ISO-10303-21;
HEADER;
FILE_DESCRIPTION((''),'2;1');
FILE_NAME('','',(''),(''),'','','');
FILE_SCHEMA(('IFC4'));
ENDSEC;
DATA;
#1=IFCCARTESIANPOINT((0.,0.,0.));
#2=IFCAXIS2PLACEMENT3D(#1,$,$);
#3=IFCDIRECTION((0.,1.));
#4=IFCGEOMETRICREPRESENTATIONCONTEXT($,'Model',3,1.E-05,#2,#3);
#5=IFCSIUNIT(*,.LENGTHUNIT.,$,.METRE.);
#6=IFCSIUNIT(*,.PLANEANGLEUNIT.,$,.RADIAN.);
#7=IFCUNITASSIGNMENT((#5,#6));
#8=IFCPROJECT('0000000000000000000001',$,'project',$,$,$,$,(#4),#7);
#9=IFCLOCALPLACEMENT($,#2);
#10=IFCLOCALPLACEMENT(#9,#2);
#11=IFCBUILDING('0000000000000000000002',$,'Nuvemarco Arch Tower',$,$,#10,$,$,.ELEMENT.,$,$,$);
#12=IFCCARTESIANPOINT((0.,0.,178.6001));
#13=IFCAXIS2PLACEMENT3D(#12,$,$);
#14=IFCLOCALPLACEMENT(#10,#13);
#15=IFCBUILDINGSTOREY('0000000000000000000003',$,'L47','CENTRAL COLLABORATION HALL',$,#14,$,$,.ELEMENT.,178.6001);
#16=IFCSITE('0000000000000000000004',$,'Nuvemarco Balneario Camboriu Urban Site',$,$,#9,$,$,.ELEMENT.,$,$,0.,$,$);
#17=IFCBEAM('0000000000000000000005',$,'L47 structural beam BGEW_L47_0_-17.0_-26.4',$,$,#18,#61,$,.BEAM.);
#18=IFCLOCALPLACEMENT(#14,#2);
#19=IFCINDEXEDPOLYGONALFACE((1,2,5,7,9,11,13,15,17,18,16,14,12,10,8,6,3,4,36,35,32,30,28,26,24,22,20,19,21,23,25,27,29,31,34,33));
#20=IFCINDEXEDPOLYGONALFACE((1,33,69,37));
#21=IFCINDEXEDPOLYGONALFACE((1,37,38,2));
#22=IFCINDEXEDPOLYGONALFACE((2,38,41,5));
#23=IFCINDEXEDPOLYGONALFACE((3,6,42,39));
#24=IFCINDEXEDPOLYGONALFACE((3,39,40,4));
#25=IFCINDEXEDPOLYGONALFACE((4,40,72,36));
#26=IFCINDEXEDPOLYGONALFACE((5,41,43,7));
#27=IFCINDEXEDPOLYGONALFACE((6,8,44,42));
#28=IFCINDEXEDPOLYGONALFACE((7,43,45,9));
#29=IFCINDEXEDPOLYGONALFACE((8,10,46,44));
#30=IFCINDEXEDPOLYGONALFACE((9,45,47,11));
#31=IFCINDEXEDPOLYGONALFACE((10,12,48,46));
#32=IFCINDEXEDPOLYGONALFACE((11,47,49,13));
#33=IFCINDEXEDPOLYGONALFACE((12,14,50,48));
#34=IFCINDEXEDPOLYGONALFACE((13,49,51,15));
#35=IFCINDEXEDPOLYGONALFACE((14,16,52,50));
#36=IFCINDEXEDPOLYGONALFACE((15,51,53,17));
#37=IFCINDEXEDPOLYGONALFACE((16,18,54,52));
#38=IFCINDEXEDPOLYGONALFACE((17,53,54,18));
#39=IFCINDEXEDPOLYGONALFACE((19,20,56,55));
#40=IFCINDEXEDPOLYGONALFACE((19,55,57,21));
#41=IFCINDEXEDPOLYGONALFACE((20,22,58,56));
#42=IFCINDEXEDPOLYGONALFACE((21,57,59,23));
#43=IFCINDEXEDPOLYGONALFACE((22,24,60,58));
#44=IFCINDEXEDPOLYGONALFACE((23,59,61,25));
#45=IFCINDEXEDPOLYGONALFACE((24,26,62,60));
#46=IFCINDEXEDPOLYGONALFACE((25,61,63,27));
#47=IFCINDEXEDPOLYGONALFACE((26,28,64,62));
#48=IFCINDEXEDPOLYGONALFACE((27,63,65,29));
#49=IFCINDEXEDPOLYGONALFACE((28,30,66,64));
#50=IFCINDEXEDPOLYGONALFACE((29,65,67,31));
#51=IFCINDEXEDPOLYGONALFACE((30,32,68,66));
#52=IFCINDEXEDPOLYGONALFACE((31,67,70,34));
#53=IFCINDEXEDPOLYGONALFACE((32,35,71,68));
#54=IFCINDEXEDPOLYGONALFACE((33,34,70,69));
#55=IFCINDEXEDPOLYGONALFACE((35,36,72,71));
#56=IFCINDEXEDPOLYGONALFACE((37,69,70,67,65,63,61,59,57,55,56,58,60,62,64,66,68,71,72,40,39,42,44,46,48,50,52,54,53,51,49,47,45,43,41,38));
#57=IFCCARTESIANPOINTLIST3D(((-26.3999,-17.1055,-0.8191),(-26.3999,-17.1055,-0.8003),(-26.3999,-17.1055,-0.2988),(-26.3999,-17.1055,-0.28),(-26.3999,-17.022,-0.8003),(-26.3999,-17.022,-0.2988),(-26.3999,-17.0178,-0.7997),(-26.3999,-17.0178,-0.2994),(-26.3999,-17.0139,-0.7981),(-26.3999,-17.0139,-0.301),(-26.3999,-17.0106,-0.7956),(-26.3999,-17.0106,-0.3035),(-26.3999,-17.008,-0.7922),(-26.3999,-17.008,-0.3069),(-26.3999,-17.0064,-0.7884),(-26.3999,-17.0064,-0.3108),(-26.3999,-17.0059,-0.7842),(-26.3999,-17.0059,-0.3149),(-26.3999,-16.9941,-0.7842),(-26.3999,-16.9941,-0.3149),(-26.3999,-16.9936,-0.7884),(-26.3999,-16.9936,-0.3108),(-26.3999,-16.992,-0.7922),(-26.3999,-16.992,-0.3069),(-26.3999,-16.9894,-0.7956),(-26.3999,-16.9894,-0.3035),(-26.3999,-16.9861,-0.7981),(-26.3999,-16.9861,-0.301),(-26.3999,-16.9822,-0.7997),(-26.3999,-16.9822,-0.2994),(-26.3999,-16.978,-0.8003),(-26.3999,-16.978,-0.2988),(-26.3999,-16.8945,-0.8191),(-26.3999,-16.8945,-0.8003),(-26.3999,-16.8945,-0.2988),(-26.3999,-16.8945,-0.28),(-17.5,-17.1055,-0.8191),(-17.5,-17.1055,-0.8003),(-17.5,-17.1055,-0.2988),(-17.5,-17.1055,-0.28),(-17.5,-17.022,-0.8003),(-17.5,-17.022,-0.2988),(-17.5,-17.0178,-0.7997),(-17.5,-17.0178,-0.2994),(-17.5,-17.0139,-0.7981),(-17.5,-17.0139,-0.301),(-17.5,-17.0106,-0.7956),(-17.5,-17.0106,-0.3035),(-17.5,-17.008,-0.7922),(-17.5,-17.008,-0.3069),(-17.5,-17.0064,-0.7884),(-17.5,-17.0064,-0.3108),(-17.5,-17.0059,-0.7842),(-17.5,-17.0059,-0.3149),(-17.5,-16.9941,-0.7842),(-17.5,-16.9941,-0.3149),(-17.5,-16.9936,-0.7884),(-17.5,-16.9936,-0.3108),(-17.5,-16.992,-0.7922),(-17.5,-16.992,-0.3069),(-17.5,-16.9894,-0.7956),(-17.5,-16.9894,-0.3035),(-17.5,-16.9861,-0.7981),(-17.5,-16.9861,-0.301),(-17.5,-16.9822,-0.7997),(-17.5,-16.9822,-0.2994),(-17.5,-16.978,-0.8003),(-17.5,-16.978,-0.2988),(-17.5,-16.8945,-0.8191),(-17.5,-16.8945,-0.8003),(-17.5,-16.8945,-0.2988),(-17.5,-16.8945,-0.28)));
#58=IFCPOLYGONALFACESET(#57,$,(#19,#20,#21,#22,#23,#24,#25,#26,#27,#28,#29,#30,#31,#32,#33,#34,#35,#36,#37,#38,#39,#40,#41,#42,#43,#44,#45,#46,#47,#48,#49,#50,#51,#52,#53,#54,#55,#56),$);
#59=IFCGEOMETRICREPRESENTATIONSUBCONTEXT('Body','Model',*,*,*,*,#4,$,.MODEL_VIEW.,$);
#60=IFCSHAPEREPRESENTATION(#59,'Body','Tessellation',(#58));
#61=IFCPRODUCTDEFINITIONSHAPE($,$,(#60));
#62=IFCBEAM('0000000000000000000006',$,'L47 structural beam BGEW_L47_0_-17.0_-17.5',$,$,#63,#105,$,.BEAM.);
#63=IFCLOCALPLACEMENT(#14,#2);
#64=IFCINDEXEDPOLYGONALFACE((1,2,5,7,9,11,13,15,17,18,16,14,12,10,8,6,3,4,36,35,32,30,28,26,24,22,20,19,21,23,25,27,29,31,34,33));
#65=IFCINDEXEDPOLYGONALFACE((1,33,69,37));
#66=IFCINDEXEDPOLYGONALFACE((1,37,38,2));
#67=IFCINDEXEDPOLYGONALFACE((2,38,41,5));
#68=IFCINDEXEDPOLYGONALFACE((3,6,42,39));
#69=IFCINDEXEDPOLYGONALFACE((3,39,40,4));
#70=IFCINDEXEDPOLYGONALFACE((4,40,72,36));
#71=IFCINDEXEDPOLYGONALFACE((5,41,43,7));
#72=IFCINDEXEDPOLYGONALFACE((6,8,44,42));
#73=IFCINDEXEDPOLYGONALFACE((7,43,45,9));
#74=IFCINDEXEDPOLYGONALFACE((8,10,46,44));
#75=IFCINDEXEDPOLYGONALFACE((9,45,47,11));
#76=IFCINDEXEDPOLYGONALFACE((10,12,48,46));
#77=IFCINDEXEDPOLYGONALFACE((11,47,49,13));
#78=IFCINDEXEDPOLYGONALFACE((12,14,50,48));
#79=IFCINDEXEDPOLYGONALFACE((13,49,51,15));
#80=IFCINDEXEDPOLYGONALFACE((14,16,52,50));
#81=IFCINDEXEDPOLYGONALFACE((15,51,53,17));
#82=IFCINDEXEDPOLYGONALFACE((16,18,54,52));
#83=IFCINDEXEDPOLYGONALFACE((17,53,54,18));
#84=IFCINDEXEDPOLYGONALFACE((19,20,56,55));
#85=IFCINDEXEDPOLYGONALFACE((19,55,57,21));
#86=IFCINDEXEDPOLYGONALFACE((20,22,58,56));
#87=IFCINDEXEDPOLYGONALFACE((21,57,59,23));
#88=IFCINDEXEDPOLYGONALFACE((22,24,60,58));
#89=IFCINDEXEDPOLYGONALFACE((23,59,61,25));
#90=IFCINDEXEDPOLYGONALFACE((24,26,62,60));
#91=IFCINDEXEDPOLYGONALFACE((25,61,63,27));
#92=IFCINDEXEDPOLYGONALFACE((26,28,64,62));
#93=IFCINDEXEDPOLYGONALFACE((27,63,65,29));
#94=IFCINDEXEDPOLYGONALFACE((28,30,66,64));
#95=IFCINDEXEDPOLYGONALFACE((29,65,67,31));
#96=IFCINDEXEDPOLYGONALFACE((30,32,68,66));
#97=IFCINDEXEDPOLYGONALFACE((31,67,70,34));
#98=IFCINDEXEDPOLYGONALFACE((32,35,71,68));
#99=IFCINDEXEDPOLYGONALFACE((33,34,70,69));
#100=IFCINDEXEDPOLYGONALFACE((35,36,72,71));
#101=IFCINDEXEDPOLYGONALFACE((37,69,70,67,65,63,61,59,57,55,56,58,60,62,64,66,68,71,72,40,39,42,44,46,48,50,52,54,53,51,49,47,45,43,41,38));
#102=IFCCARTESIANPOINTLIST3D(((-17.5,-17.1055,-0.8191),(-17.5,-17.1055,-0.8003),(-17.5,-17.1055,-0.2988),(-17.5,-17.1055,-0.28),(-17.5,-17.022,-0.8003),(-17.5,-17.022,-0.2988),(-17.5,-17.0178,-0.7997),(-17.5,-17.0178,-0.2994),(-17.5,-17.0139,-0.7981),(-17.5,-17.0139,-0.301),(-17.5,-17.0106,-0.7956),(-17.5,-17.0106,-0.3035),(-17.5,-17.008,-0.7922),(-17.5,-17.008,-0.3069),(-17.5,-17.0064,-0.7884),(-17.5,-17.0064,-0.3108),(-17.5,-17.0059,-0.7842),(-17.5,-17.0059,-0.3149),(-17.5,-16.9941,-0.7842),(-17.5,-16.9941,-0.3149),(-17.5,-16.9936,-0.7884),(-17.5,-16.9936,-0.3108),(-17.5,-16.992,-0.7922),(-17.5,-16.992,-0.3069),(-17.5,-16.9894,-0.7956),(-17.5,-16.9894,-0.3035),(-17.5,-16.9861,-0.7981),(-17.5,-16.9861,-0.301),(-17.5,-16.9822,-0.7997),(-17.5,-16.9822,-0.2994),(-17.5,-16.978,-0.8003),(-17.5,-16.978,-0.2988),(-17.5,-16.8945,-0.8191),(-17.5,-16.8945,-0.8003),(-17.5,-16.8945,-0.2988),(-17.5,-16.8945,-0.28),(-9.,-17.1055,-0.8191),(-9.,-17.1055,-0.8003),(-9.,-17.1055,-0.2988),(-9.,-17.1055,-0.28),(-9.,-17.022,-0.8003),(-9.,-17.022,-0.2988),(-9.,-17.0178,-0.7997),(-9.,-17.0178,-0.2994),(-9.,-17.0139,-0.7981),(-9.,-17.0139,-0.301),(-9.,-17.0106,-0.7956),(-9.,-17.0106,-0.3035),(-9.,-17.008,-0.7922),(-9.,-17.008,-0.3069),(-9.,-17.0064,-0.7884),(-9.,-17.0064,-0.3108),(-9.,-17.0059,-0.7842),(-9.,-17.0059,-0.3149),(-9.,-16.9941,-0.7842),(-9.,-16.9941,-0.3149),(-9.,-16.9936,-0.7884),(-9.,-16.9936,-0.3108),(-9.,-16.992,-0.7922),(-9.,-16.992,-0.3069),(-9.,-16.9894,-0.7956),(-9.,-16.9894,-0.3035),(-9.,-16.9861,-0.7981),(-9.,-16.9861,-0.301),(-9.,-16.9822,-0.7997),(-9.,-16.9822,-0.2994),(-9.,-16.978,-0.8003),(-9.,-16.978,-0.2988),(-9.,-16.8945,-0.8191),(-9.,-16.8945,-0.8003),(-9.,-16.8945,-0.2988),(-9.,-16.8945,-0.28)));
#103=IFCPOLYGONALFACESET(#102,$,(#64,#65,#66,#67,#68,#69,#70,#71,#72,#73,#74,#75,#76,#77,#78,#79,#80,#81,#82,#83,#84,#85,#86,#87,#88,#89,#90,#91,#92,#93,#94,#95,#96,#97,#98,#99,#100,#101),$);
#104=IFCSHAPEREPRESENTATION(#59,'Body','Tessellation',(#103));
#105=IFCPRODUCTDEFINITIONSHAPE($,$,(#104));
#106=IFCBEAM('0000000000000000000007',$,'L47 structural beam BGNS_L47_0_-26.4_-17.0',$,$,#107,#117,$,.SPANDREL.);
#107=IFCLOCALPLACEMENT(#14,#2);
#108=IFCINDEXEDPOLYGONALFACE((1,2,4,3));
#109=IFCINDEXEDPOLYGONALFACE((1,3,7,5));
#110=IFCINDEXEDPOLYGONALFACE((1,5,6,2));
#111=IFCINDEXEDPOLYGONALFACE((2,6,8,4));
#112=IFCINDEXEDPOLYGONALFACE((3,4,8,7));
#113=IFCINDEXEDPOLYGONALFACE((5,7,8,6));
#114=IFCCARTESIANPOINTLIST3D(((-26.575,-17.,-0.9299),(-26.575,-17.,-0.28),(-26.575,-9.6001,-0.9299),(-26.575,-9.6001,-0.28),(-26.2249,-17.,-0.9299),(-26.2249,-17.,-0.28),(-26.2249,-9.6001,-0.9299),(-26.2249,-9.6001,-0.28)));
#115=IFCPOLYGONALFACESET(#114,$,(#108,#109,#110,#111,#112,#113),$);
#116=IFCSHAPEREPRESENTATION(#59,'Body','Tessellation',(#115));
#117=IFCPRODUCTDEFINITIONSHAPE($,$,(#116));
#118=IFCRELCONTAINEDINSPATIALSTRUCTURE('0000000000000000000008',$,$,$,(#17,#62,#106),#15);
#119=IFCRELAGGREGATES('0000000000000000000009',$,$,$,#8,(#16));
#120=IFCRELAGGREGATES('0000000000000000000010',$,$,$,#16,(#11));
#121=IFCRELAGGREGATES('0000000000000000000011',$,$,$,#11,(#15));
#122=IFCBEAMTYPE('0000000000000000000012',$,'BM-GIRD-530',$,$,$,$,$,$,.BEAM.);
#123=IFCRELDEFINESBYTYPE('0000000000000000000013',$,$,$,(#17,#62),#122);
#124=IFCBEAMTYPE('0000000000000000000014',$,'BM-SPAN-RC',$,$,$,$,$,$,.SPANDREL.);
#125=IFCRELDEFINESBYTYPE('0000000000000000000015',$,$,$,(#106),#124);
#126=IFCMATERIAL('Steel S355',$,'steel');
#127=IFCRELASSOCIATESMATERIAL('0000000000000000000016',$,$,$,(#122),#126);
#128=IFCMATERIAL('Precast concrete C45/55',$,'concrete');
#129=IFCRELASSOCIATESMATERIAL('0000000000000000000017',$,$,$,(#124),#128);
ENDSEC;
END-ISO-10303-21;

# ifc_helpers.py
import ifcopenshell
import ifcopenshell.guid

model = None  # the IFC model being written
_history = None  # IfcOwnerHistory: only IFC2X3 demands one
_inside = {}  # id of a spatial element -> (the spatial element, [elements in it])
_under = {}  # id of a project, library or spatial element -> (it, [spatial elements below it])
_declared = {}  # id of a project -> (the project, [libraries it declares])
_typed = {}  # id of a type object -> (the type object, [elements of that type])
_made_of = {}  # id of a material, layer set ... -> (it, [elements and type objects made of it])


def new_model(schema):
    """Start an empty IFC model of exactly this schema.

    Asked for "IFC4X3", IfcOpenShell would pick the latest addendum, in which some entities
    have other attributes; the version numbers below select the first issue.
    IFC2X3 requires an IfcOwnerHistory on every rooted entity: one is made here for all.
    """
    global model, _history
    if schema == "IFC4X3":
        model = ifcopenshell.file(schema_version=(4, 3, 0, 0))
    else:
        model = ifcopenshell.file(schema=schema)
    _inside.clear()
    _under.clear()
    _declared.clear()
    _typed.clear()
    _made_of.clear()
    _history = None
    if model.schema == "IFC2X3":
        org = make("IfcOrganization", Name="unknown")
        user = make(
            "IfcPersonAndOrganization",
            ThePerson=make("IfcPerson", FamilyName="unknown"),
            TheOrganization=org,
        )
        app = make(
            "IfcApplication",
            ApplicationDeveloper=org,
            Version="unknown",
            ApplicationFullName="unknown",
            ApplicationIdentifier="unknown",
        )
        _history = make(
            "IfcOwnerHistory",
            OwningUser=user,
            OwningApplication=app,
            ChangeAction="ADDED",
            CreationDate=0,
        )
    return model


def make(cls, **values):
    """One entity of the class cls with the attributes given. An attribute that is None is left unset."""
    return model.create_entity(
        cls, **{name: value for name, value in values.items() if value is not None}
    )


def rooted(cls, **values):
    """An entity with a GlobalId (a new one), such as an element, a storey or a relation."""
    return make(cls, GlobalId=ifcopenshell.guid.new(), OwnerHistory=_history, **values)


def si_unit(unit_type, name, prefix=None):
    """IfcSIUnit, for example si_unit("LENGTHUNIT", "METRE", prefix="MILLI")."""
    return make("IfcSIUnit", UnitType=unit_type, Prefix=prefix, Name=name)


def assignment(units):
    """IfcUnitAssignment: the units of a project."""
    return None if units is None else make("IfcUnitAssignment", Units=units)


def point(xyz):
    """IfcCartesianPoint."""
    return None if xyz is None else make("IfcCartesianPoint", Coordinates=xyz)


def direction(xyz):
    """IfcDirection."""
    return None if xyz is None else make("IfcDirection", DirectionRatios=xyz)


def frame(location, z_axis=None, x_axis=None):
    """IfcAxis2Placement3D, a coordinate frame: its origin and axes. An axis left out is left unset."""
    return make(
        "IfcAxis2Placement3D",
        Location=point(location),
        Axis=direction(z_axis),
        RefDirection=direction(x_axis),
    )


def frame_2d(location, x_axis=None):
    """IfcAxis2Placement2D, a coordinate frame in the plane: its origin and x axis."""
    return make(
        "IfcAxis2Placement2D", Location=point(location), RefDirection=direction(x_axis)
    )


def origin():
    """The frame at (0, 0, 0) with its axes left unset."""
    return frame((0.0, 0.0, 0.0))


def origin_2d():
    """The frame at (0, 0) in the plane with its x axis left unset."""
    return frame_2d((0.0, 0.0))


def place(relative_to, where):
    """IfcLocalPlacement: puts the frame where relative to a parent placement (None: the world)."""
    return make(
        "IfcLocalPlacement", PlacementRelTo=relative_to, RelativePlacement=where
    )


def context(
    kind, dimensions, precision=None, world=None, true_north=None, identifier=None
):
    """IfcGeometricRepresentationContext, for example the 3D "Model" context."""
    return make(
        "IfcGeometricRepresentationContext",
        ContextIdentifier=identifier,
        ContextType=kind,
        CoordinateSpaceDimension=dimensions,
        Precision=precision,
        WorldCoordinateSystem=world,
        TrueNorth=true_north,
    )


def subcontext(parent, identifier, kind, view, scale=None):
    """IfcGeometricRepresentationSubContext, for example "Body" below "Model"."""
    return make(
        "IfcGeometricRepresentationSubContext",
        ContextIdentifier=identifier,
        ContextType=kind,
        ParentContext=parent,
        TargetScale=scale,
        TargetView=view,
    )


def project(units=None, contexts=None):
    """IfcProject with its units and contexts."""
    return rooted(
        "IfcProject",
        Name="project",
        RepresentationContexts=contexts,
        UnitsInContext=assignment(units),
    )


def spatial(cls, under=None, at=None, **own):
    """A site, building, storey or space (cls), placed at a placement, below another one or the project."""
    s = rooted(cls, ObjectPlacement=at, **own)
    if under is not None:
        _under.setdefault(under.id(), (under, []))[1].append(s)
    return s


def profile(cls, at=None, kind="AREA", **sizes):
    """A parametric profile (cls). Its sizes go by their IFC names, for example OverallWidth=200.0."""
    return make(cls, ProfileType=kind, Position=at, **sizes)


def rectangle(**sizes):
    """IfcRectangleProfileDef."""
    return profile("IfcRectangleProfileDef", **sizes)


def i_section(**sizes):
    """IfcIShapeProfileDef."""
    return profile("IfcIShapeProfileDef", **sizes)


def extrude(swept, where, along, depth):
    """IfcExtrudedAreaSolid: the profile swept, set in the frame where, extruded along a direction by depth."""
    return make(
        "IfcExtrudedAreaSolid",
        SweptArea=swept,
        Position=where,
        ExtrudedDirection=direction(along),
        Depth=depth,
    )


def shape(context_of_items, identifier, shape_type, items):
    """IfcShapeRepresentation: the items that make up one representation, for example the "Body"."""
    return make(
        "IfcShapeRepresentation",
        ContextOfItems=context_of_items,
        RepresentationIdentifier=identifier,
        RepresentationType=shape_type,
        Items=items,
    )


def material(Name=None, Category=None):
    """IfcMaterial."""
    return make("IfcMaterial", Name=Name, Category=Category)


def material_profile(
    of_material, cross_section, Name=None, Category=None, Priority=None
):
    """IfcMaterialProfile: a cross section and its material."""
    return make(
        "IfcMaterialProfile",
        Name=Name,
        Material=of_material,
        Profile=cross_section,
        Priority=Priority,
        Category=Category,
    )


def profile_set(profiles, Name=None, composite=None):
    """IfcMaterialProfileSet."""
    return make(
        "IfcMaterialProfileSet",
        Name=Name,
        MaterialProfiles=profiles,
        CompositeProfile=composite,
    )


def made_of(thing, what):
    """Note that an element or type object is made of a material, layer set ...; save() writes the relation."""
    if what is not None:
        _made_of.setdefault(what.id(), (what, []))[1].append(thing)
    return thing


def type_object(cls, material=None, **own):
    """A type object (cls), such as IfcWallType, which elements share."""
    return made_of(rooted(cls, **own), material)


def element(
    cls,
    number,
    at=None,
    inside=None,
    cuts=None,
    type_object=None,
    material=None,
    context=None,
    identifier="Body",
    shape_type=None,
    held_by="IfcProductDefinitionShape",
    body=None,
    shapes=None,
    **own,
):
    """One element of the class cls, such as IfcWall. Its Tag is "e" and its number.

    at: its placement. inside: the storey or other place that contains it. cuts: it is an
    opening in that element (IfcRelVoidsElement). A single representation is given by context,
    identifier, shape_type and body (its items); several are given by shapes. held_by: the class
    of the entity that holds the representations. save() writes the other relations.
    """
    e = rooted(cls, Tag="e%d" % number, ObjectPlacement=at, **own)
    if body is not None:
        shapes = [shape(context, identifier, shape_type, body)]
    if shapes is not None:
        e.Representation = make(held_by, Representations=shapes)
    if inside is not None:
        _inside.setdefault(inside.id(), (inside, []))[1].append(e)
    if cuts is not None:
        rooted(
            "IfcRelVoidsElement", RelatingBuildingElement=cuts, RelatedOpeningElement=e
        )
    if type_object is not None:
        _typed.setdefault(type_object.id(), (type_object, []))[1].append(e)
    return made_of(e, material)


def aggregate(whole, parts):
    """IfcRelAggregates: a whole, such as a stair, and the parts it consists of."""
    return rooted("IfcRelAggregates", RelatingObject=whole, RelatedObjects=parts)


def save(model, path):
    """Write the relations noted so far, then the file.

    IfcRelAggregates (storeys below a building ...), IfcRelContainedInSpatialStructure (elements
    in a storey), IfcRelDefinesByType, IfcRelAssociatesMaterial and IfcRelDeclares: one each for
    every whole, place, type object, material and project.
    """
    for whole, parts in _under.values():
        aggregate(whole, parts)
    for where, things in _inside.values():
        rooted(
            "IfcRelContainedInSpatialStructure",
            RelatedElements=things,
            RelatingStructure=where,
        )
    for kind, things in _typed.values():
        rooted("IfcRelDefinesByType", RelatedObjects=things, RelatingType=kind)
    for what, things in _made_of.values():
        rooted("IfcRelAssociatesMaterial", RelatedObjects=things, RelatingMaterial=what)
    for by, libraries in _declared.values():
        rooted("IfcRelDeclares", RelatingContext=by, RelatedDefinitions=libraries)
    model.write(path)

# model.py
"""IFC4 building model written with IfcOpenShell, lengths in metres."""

from ifc_helpers import new_model, si_unit, direction, frame, origin, origin_2d, place, context, subcontext, project, spatial, rectangle, i_section, extrude, material, material_profile, profile_set, type_object, element, save


model = new_model("IFC4")

# Units and contexts
model_context = context("Model", 3, precision=1e-05, world=origin(), true_north=direction((0.0, 1.0)))
body_context = subcontext(model_context, "Body", "Model", "MODEL_VIEW")
ifc_project = project(units=[si_unit("LENGTHUNIT", "METRE"), si_unit("PLANEANGLEUNIT", "RADIAN")], contexts=[model_context])

# Site, building, storey
site_placement = place(None, origin())
site = spatial("IfcSite", under=ifc_project, at=site_placement, Name="Nuvemarco Balneario Camboriu Urban Site", CompositionType="ELEMENT", RefElevation=0.0)
building_placement = place(site_placement, origin())
building = spatial("IfcBuilding", under=site, at=building_placement, Name="Nuvemarco Arch Tower", CompositionType="ELEMENT")
storey_placement = place(building_placement, frame((0.0, 0.0, 178.6001)))
storey = spatial("IfcBuildingStorey", under=building, at=storey_placement, Name="L47", Description="CENTRAL COLLABORATION HALL", CompositionType="ELEMENT", Elevation=178.6001)

# Shared definitions
ifc_material_1 = material(Name="Steel S355", Category="steel")

# Beams
ifc_material_profile_1 = material_profile(ifc_material_1, i_section(OverallWidth=0.2109, OverallDepth=0.5391, WebThickness=0.0117, FlangeThickness=0.0188, FilletRadius=0.0161, at=origin_2d()), Name="W530x109")
ifc_profile_set_1 = profile_set([ifc_material_profile_1], Name="Steel S355")
beam_type_1 = type_object("IfcBeamType", Name="BM-GIRD-530", PredefinedType="BEAM", material=ifc_profile_set_1)
beam_1_placement = place(storey_placement, frame((-26.3999, -17.0, -0.5496), z_axis=(1.0, 0.0, 0.0), x_axis=(0.0, 1.0, 0.0)))
element("IfcBeam", 1, at=beam_1_placement, inside=storey, type_object=beam_type_1, Name="L47 structural beam BGEW_L47_0_-17.0_-26.4", PredefinedType="BEAM", context=body_context, shape_type="SweptSolid", body=[
    extrude(i_section(OverallWidth=0.2109, OverallDepth=0.5391, WebThickness=0.0117, FlangeThickness=0.0188, FilletRadius=0.0161, at=origin_2d()), origin(), (0.0, 0.0, 1.0), 8.8999),
])
beam_2_placement = place(storey_placement, frame((-17.5, -17.0, -0.5496), z_axis=(1.0, 0.0, 0.0), x_axis=(0.0, 1.0, 0.0)))
element("IfcBeam", 2, at=beam_2_placement, inside=storey, type_object=beam_type_1, Name="L47 structural beam BGEW_L47_0_-17.0_-17.5", PredefinedType="BEAM", context=body_context, shape_type="SweptSolid", body=[
    extrude(i_section(OverallWidth=0.2109, OverallDepth=0.5391, WebThickness=0.0117, FlangeThickness=0.0188, FilletRadius=0.0161, at=origin_2d()), origin(), (0.0, 0.0, 1.0), 8.5),
])
ifc_material_2 = material(Name="Precast concrete C45/55", Category="concrete")
ifc_material_profile_2 = material_profile(ifc_material_2, rectangle(XDim=0.3501, YDim=0.6499, at=origin_2d()), Name="PC-SP-350x650")
ifc_profile_set_2 = profile_set([ifc_material_profile_2], Name="Precast concrete C45/55")
beam_type_2 = type_object("IfcBeamType", Name="BM-SPAN-RC", PredefinedType="SPANDREL", material=ifc_profile_set_2)
beam_3_placement = place(storey_placement, frame((-26.3999, -17.0, -0.605), z_axis=(0.0, 1.0, 0.0), x_axis=(-1.0, 0.0, 0.0)))
element("IfcBeam", 3, at=beam_3_placement, inside=storey, type_object=beam_type_2, Name="L47 structural beam BGNS_L47_0_-26.4_-17.0", PredefinedType="SPANDREL", context=body_context, shape_type="SweptSolid", body=[
    extrude(rectangle(XDim=0.3501, YDim=0.6499, at=origin_2d()), origin(), (0.0, 0.0, 1.0), 7.3999),
])

save(model, "model.ifc")
